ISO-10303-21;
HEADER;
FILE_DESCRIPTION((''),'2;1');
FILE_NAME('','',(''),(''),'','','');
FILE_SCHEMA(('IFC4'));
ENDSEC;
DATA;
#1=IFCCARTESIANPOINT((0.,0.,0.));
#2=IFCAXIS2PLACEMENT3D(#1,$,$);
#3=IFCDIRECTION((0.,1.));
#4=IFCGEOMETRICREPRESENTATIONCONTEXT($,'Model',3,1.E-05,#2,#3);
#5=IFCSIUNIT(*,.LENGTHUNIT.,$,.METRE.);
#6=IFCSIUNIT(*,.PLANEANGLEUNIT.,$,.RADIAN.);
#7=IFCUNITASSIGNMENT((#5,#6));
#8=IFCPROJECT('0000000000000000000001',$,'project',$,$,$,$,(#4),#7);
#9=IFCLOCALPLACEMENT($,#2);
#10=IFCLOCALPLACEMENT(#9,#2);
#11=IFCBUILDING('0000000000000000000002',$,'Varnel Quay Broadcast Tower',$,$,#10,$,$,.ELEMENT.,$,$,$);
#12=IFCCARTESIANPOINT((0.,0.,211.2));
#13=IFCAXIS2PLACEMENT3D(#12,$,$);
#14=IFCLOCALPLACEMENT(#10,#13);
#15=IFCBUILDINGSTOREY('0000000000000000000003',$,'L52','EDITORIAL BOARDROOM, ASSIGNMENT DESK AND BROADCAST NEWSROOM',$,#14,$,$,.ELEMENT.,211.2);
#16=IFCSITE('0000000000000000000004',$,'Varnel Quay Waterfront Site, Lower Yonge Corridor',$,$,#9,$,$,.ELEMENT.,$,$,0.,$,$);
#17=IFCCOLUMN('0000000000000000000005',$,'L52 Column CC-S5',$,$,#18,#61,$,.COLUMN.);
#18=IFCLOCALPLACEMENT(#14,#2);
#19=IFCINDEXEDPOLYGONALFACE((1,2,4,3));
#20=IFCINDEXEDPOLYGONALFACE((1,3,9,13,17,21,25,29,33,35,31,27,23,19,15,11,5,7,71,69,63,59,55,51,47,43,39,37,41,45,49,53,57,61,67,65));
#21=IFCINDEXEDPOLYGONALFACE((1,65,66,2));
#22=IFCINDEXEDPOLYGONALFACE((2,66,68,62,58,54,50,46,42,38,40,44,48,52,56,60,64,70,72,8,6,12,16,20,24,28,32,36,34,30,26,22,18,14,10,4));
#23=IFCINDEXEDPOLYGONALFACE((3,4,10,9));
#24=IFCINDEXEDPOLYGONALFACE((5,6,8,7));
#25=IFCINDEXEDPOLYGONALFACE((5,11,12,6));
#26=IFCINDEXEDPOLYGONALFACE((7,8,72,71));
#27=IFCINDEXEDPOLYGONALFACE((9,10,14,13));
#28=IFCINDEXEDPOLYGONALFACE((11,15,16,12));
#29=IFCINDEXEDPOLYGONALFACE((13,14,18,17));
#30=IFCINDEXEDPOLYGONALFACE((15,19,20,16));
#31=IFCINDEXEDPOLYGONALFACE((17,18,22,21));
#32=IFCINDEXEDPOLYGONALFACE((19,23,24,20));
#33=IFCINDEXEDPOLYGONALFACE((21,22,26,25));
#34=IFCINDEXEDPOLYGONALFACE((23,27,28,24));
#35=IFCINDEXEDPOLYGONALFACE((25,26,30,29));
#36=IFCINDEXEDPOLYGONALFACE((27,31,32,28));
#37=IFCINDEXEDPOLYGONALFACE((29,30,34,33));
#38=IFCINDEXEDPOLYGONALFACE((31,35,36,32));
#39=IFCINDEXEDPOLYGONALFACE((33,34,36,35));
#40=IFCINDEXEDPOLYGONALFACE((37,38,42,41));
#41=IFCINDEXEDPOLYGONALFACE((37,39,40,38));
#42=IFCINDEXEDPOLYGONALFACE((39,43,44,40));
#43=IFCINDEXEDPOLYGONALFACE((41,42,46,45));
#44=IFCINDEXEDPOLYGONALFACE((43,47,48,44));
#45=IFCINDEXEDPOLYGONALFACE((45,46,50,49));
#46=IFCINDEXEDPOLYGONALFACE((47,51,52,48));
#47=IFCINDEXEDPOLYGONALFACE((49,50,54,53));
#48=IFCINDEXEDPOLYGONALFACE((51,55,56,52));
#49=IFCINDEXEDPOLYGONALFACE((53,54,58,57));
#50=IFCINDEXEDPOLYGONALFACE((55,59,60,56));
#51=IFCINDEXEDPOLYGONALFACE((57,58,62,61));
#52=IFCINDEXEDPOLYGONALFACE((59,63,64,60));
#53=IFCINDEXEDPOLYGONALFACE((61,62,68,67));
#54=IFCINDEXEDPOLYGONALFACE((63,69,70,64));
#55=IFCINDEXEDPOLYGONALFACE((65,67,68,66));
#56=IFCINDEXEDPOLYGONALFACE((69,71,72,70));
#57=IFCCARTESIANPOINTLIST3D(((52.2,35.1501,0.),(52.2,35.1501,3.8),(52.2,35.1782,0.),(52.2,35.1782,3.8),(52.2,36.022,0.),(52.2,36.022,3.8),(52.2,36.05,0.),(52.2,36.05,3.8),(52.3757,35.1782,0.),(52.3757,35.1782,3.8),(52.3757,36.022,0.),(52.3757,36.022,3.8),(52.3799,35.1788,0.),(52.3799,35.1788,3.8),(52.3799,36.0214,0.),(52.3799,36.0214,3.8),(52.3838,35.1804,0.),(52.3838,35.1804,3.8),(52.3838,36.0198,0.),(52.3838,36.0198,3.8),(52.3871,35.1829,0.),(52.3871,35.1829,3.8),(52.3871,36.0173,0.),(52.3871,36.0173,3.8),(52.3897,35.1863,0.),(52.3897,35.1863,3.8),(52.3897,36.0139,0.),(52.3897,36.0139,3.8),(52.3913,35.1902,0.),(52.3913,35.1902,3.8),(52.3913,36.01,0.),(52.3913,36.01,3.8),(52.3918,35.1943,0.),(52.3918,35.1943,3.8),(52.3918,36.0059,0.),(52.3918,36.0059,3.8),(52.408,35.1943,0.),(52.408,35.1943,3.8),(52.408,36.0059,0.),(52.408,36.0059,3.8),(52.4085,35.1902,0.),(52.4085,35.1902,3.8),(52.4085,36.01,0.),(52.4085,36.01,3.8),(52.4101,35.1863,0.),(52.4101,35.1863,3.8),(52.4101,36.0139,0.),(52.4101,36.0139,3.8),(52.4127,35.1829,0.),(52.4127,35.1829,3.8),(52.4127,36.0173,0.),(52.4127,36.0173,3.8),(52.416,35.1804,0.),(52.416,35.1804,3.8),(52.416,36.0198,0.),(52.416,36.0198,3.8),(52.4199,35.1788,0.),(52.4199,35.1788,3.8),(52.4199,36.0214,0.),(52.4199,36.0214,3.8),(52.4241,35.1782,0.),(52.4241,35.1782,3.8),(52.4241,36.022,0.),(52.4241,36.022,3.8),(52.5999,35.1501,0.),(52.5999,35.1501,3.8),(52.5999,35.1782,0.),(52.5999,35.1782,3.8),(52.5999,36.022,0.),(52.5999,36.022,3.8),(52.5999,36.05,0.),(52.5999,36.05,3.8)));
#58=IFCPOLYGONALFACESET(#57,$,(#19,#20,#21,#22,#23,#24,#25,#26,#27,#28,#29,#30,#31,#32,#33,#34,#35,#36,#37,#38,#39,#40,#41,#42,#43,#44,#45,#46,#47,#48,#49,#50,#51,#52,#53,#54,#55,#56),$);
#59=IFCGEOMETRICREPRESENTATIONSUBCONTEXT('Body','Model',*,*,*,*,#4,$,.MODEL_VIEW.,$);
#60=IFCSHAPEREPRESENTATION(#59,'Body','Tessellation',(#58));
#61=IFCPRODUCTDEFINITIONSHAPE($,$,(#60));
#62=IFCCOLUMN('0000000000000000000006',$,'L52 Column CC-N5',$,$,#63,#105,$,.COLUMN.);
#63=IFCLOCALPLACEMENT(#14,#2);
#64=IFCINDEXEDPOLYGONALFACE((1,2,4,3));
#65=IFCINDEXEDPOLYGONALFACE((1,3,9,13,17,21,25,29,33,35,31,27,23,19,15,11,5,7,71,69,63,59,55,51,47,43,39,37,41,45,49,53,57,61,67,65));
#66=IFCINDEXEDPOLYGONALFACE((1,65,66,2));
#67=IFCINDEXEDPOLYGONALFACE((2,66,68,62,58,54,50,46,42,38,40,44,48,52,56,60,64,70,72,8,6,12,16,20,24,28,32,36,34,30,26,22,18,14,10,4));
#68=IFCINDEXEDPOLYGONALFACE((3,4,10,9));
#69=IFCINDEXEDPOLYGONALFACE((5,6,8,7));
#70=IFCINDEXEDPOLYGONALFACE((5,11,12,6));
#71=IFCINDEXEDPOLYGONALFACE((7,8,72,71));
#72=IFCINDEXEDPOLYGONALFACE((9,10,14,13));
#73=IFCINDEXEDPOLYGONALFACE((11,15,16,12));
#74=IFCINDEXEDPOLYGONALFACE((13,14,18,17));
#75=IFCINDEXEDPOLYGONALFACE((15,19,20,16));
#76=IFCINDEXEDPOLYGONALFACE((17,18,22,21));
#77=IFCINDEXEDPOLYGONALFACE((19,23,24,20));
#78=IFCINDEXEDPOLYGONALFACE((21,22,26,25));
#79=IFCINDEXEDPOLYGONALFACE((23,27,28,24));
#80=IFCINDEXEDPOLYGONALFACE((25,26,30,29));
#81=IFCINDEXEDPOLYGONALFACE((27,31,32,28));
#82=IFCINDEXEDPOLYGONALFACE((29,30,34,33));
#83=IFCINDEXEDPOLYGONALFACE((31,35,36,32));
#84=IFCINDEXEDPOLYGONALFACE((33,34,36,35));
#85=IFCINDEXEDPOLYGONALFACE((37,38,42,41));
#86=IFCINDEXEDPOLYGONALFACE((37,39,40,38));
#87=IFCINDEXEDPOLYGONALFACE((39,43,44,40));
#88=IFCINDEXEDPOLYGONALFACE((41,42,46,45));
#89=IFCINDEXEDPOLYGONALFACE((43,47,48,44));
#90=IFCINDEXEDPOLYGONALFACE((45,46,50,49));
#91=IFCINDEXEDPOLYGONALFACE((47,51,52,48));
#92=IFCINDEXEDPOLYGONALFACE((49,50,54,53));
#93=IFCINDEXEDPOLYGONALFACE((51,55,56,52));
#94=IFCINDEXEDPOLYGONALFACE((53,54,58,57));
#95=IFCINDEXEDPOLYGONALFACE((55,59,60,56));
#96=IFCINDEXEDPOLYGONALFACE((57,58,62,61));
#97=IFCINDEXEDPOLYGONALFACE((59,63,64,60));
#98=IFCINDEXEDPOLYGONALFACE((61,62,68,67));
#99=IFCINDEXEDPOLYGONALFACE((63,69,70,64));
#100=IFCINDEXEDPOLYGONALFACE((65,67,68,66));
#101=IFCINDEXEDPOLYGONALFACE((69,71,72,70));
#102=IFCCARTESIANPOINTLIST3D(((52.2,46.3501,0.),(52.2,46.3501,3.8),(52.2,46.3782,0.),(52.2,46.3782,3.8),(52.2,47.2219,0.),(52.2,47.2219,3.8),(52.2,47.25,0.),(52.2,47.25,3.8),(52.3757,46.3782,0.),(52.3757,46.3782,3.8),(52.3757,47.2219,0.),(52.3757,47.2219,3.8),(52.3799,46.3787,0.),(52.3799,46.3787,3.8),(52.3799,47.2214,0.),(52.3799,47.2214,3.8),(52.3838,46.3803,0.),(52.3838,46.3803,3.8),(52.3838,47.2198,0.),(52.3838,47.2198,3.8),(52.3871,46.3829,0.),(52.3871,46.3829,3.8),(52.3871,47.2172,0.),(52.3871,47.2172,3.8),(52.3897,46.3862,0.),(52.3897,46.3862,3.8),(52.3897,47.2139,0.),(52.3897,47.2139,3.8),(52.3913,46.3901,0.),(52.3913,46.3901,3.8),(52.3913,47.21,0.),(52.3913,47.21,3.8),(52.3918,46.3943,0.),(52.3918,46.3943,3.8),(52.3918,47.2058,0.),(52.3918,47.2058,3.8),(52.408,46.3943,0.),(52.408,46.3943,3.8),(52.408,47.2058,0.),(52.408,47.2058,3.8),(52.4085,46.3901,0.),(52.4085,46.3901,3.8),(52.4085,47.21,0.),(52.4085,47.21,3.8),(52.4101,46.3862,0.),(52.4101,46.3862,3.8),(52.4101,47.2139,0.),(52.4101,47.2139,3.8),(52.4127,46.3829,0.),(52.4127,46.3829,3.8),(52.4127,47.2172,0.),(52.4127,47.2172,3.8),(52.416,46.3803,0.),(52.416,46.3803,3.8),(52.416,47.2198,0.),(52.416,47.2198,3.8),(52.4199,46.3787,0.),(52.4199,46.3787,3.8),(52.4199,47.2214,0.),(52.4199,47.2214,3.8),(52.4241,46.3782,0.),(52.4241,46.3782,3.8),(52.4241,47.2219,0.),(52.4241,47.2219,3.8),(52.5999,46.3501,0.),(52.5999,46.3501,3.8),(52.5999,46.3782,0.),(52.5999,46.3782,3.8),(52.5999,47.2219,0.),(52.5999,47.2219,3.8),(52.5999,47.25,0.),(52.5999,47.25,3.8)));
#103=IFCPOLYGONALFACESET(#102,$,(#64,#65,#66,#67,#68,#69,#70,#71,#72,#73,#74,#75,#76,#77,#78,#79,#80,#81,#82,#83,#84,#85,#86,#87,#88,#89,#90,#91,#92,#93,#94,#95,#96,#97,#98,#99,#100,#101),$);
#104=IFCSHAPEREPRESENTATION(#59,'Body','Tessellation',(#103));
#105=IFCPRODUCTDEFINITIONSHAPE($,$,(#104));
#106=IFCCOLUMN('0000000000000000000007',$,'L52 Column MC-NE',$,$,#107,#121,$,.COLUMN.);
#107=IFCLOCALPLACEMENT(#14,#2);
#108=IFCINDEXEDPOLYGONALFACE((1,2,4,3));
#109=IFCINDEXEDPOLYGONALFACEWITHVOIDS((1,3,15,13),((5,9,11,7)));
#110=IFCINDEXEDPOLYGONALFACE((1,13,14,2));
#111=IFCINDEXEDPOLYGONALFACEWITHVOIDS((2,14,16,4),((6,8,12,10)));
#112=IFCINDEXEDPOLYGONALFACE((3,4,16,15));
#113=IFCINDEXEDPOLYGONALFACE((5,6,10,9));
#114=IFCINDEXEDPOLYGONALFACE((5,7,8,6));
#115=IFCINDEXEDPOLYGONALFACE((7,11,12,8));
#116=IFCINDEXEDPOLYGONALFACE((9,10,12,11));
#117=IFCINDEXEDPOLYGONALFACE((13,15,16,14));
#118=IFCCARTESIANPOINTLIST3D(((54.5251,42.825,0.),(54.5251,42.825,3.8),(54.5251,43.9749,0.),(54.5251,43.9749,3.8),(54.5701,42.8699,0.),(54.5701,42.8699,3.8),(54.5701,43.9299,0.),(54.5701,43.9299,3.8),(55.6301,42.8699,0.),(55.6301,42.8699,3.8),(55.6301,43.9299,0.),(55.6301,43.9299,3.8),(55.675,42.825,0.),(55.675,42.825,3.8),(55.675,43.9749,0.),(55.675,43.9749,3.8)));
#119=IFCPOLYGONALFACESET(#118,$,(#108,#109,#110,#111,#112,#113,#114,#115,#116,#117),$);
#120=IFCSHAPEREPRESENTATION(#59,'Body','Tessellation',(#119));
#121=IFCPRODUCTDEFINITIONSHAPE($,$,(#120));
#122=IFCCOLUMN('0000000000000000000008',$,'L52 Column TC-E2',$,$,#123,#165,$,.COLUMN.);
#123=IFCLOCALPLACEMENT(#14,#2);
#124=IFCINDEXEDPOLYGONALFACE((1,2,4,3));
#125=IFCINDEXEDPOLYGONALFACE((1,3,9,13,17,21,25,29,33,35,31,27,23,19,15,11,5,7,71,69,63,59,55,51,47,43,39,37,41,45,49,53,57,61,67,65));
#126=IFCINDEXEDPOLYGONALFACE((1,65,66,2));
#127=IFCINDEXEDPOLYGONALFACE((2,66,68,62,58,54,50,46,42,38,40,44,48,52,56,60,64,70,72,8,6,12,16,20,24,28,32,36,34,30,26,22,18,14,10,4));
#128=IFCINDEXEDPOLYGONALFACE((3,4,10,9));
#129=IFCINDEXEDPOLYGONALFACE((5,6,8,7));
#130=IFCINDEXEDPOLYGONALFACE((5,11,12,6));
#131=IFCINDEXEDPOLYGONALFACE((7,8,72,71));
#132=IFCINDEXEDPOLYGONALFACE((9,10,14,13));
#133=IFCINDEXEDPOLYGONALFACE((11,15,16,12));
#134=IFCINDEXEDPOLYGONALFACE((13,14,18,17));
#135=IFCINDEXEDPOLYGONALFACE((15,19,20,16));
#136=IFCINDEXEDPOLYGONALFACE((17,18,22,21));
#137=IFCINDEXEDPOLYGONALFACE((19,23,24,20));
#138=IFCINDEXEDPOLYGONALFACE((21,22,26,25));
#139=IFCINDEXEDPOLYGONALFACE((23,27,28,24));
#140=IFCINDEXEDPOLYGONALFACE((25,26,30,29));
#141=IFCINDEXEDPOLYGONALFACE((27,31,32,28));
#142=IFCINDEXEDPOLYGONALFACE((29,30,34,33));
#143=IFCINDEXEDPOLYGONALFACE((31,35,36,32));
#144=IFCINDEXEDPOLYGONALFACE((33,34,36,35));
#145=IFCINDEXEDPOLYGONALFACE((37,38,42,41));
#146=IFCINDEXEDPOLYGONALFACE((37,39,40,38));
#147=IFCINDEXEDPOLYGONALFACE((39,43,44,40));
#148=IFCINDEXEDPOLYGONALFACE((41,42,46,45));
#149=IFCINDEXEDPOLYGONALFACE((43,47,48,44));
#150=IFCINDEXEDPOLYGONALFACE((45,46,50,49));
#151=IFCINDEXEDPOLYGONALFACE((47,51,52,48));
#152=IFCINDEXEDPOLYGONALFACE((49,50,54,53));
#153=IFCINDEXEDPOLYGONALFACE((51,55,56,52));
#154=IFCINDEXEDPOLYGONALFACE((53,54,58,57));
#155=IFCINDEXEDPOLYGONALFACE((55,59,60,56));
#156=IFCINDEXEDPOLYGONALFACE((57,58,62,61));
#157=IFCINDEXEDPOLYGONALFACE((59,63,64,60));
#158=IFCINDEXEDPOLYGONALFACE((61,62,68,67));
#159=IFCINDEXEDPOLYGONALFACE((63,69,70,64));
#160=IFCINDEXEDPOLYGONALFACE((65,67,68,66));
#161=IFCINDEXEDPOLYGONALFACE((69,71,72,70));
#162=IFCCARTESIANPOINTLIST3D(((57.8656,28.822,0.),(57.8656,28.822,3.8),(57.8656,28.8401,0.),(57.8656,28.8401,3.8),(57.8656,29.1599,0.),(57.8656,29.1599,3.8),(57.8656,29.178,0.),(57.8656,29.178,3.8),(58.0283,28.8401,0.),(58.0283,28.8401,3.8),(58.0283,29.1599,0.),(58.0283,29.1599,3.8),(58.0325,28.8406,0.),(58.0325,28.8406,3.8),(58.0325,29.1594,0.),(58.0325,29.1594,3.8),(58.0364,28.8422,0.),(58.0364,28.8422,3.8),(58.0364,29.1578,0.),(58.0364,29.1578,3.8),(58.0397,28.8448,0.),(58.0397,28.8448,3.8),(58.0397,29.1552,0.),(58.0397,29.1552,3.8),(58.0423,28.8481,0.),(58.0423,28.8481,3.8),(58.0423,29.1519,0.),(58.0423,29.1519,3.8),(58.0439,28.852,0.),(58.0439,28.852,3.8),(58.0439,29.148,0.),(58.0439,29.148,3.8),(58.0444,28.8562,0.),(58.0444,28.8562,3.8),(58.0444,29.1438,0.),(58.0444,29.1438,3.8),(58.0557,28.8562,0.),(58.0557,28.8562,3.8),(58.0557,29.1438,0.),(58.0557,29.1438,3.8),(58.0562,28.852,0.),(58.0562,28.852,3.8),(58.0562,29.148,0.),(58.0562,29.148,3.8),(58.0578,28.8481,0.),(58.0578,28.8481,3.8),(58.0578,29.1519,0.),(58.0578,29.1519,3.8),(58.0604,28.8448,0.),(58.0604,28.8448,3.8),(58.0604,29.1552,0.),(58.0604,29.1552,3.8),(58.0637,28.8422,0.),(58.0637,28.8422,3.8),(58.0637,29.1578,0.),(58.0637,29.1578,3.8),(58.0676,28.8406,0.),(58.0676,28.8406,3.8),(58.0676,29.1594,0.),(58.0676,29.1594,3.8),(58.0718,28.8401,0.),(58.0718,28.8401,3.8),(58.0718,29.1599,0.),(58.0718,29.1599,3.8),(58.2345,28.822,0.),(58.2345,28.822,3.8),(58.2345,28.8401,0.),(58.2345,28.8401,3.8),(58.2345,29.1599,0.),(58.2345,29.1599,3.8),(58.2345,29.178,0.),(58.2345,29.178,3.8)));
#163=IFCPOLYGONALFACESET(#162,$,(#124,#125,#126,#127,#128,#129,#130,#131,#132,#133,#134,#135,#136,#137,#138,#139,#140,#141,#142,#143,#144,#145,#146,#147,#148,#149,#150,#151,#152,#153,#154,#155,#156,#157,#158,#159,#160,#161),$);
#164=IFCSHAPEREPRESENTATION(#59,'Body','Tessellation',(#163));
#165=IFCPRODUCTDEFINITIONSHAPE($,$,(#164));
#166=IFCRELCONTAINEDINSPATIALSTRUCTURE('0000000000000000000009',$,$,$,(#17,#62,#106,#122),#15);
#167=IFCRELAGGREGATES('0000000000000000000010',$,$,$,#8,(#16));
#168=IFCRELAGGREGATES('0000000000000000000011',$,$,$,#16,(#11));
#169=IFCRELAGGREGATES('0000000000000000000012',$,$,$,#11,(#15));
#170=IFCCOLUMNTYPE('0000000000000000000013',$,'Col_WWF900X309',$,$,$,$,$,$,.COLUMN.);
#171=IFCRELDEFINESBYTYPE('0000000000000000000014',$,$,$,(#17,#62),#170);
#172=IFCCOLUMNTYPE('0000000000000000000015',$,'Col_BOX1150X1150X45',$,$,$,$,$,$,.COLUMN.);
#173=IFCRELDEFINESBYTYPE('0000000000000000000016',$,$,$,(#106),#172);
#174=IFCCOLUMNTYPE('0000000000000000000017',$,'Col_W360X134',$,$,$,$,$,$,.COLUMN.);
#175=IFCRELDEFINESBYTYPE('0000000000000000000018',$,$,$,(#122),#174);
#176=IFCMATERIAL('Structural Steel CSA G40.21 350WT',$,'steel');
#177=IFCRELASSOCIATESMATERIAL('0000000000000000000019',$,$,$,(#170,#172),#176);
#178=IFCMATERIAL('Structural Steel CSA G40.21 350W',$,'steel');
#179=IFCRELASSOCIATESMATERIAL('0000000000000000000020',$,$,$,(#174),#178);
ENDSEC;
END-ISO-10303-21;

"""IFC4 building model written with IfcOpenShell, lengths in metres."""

from ifc_helpers import new_model, si_unit, direction, frame, origin, origin_2d, place, context, subcontext, project, spatial, hollow_rectangle, i_section, extrude, source, transform, mapped, material, material_profile, profile_set, type_object, type_shapes, element, save


model = new_model("IFC4")

# Units and contexts
model_context = context("Model", 3, precision=1e-05, world=origin(), true_north=direction((0.0, 1.0)))
body_context = subcontext(model_context, "Body", "Model", "MODEL_VIEW")
ifc_project = project(units=[si_unit("LENGTHUNIT", "METRE"), si_unit("PLANEANGLEUNIT", "RADIAN")], contexts=[model_context])

# Site, building, storey
site_placement = place(None, origin())
site = spatial("IfcSite", under=ifc_project, at=site_placement, Name="Varnel Quay Waterfront Site, Lower Yonge Corridor", CompositionType="ELEMENT", RefElevation=0.0)
building_placement = place(site_placement, origin())
building = spatial("IfcBuilding", under=site, at=building_placement, Name="Varnel Quay Broadcast Tower", CompositionType="ELEMENT")
storey_placement = place(building_placement, frame((0.0, 0.0, 211.2)))
storey = spatial("IfcBuildingStorey", under=building, at=storey_placement, Name="L52", Description="EDITORIAL BOARDROOM, ASSIGNMENT DESK AND BROADCAST NEWSROOM", CompositionType="ELEMENT", Elevation=211.2)

# Columns
ifc_material_1 = material(Name="Structural Steel CSA G40.21 350WT", Category="steel")
ifc_material_profile_1 = material_profile(ifc_material_1, i_section(OverallWidth=0.3999, OverallDepth=0.8999, WebThickness=0.0161, FlangeThickness=0.0281, FilletRadius=0.0161, at=origin_2d()), Name="WWF900X309")
ifc_profile_set_1 = profile_set([ifc_material_profile_1], Name="Structural Steel CSA G40.21 350WT")
column_type_1 = type_object("IfcColumnType", Name="Col_WWF900X309", PredefinedType="COLUMN", material=ifc_profile_set_1)
shared_shape_1 = source(origin(), body_context, "Body", "SweptSolid", [
    extrude(i_section(OverallWidth=0.3999, OverallDepth=0.8999, WebThickness=0.0161, FlangeThickness=0.0281, FilletRadius=0.0161, at=origin_2d()), origin(), (0.0, 0.0, 1.0), 3.8),
])
type_shapes(column_type_1, [shared_shape_1])
for number, where, z_axis, x_axis, name in (
    (1, (52.3999, 35.6001, 0.0), (0.0, 0.0, 1.0), (1.0, 0.0, 0.0), "L52 Column CC-S5"),
    (2, (52.3999, 46.8, 0.0), (0.0, 0.0, 1.0), (1.0, 0.0, 0.0), "L52 Column CC-N5"),
):
    element("IfcColumn", number, at=place(storey_placement, frame(where, z_axis=z_axis, x_axis=x_axis)), inside=storey, type_object=column_type_1, Name=name, PredefinedType="COLUMN", context=body_context, shape_type="MappedRepresentation", body=[
        mapped(shared_shape_1, transform((0.0, 0.0, 0.0), x_axis=(1.0, 0.0, 0.0), y_axis=(0.0, 1.0, 0.0), z_axis=(0.0, 0.0, 1.0), scale=1.0)),
    ])
ifc_material_profile_2 = material_profile(ifc_material_1, hollow_rectangle(XDim=1.1499, YDim=1.1499, WallThickness=0.0449, at=origin_2d()), Name="BOX1150X1150X45")
ifc_profile_set_2 = profile_set([ifc_material_profile_2], Name="Structural Steel CSA G40.21 350WT")
column_type_2 = type_object("IfcColumnType", Name="Col_BOX1150X1150X45", PredefinedType="COLUMN", material=ifc_profile_set_2)
shared_shape_2 = source(origin(), body_context, "Body", "SweptSolid", [
    extrude(hollow_rectangle(XDim=1.1499, YDim=1.1499, WallThickness=0.0449, at=origin_2d()), origin(), (0.0, 0.0, 1.0), 3.8),
])
type_shapes(column_type_2, [shared_shape_2])
column_placement = place(storey_placement, frame((55.1001, 43.3999, 0.0), z_axis=(0.0, 0.0, 1.0), x_axis=(1.0, 0.0, 0.0)))
element("IfcColumn", 3, at=column_placement, inside=storey, type_object=column_type_2, Name="L52 Column MC-NE", PredefinedType="COLUMN", context=body_context, shape_type="MappedRepresentation", body=[
    mapped(shared_shape_2, transform((0.0, 0.0, 0.0), x_axis=(1.0, 0.0, 0.0), y_axis=(0.0, 1.0, 0.0), z_axis=(0.0, 0.0, 1.0), scale=1.0)),
])
ifc_material_2 = material(Name="Structural Steel CSA G40.21 350W", Category="steel")
ifc_material_profile_3 = material_profile(ifc_material_2, i_section(OverallWidth=0.3689, OverallDepth=0.356, WebThickness=0.0112, FlangeThickness=0.0181, FilletRadius=0.0161, at=origin_2d()), Name="W360X134")
ifc_profile_set_3 = profile_set([ifc_material_profile_3], Name="Structural Steel CSA G40.21 350W")
column_type_3 = type_object("IfcColumnType", Name="Col_W360X134", PredefinedType="COLUMN", material=ifc_profile_set_3)
shared_shape_3 = source(origin(), body_context, "Body", "SweptSolid", [
    extrude(i_section(OverallWidth=0.3689, OverallDepth=0.356, WebThickness=0.0112, FlangeThickness=0.0181, FilletRadius=0.0161, at=origin_2d()), origin(), (0.0, 0.0, 1.0), 3.8),
])
type_shapes(column_type_3, [shared_shape_3])
for number, where, z_axis, x_axis, name in (
    (4, (58.05, 29.0, 0.0), (0.0, 0.0, 1.0), (1.0, 0.0, 0.0), "L52 Column TC-E2"),
):
    element("IfcColumn", number, at=place(storey_placement, frame(where, z_axis=z_axis, x_axis=x_axis)), inside=storey, type_object=column_type_3, Name=name, PredefinedType="COLUMN", context=body_context, shape_type="MappedRepresentation", body=[
        mapped(shared_shape_3, transform((0.0, 0.0, 0.0), x_axis=(1.0, 0.0, 0.0), y_axis=(0.0, 1.0, 0.0), z_axis=(0.0, 0.0, 1.0), scale=1.0)),
    ])

save(model, "model.ifc")
